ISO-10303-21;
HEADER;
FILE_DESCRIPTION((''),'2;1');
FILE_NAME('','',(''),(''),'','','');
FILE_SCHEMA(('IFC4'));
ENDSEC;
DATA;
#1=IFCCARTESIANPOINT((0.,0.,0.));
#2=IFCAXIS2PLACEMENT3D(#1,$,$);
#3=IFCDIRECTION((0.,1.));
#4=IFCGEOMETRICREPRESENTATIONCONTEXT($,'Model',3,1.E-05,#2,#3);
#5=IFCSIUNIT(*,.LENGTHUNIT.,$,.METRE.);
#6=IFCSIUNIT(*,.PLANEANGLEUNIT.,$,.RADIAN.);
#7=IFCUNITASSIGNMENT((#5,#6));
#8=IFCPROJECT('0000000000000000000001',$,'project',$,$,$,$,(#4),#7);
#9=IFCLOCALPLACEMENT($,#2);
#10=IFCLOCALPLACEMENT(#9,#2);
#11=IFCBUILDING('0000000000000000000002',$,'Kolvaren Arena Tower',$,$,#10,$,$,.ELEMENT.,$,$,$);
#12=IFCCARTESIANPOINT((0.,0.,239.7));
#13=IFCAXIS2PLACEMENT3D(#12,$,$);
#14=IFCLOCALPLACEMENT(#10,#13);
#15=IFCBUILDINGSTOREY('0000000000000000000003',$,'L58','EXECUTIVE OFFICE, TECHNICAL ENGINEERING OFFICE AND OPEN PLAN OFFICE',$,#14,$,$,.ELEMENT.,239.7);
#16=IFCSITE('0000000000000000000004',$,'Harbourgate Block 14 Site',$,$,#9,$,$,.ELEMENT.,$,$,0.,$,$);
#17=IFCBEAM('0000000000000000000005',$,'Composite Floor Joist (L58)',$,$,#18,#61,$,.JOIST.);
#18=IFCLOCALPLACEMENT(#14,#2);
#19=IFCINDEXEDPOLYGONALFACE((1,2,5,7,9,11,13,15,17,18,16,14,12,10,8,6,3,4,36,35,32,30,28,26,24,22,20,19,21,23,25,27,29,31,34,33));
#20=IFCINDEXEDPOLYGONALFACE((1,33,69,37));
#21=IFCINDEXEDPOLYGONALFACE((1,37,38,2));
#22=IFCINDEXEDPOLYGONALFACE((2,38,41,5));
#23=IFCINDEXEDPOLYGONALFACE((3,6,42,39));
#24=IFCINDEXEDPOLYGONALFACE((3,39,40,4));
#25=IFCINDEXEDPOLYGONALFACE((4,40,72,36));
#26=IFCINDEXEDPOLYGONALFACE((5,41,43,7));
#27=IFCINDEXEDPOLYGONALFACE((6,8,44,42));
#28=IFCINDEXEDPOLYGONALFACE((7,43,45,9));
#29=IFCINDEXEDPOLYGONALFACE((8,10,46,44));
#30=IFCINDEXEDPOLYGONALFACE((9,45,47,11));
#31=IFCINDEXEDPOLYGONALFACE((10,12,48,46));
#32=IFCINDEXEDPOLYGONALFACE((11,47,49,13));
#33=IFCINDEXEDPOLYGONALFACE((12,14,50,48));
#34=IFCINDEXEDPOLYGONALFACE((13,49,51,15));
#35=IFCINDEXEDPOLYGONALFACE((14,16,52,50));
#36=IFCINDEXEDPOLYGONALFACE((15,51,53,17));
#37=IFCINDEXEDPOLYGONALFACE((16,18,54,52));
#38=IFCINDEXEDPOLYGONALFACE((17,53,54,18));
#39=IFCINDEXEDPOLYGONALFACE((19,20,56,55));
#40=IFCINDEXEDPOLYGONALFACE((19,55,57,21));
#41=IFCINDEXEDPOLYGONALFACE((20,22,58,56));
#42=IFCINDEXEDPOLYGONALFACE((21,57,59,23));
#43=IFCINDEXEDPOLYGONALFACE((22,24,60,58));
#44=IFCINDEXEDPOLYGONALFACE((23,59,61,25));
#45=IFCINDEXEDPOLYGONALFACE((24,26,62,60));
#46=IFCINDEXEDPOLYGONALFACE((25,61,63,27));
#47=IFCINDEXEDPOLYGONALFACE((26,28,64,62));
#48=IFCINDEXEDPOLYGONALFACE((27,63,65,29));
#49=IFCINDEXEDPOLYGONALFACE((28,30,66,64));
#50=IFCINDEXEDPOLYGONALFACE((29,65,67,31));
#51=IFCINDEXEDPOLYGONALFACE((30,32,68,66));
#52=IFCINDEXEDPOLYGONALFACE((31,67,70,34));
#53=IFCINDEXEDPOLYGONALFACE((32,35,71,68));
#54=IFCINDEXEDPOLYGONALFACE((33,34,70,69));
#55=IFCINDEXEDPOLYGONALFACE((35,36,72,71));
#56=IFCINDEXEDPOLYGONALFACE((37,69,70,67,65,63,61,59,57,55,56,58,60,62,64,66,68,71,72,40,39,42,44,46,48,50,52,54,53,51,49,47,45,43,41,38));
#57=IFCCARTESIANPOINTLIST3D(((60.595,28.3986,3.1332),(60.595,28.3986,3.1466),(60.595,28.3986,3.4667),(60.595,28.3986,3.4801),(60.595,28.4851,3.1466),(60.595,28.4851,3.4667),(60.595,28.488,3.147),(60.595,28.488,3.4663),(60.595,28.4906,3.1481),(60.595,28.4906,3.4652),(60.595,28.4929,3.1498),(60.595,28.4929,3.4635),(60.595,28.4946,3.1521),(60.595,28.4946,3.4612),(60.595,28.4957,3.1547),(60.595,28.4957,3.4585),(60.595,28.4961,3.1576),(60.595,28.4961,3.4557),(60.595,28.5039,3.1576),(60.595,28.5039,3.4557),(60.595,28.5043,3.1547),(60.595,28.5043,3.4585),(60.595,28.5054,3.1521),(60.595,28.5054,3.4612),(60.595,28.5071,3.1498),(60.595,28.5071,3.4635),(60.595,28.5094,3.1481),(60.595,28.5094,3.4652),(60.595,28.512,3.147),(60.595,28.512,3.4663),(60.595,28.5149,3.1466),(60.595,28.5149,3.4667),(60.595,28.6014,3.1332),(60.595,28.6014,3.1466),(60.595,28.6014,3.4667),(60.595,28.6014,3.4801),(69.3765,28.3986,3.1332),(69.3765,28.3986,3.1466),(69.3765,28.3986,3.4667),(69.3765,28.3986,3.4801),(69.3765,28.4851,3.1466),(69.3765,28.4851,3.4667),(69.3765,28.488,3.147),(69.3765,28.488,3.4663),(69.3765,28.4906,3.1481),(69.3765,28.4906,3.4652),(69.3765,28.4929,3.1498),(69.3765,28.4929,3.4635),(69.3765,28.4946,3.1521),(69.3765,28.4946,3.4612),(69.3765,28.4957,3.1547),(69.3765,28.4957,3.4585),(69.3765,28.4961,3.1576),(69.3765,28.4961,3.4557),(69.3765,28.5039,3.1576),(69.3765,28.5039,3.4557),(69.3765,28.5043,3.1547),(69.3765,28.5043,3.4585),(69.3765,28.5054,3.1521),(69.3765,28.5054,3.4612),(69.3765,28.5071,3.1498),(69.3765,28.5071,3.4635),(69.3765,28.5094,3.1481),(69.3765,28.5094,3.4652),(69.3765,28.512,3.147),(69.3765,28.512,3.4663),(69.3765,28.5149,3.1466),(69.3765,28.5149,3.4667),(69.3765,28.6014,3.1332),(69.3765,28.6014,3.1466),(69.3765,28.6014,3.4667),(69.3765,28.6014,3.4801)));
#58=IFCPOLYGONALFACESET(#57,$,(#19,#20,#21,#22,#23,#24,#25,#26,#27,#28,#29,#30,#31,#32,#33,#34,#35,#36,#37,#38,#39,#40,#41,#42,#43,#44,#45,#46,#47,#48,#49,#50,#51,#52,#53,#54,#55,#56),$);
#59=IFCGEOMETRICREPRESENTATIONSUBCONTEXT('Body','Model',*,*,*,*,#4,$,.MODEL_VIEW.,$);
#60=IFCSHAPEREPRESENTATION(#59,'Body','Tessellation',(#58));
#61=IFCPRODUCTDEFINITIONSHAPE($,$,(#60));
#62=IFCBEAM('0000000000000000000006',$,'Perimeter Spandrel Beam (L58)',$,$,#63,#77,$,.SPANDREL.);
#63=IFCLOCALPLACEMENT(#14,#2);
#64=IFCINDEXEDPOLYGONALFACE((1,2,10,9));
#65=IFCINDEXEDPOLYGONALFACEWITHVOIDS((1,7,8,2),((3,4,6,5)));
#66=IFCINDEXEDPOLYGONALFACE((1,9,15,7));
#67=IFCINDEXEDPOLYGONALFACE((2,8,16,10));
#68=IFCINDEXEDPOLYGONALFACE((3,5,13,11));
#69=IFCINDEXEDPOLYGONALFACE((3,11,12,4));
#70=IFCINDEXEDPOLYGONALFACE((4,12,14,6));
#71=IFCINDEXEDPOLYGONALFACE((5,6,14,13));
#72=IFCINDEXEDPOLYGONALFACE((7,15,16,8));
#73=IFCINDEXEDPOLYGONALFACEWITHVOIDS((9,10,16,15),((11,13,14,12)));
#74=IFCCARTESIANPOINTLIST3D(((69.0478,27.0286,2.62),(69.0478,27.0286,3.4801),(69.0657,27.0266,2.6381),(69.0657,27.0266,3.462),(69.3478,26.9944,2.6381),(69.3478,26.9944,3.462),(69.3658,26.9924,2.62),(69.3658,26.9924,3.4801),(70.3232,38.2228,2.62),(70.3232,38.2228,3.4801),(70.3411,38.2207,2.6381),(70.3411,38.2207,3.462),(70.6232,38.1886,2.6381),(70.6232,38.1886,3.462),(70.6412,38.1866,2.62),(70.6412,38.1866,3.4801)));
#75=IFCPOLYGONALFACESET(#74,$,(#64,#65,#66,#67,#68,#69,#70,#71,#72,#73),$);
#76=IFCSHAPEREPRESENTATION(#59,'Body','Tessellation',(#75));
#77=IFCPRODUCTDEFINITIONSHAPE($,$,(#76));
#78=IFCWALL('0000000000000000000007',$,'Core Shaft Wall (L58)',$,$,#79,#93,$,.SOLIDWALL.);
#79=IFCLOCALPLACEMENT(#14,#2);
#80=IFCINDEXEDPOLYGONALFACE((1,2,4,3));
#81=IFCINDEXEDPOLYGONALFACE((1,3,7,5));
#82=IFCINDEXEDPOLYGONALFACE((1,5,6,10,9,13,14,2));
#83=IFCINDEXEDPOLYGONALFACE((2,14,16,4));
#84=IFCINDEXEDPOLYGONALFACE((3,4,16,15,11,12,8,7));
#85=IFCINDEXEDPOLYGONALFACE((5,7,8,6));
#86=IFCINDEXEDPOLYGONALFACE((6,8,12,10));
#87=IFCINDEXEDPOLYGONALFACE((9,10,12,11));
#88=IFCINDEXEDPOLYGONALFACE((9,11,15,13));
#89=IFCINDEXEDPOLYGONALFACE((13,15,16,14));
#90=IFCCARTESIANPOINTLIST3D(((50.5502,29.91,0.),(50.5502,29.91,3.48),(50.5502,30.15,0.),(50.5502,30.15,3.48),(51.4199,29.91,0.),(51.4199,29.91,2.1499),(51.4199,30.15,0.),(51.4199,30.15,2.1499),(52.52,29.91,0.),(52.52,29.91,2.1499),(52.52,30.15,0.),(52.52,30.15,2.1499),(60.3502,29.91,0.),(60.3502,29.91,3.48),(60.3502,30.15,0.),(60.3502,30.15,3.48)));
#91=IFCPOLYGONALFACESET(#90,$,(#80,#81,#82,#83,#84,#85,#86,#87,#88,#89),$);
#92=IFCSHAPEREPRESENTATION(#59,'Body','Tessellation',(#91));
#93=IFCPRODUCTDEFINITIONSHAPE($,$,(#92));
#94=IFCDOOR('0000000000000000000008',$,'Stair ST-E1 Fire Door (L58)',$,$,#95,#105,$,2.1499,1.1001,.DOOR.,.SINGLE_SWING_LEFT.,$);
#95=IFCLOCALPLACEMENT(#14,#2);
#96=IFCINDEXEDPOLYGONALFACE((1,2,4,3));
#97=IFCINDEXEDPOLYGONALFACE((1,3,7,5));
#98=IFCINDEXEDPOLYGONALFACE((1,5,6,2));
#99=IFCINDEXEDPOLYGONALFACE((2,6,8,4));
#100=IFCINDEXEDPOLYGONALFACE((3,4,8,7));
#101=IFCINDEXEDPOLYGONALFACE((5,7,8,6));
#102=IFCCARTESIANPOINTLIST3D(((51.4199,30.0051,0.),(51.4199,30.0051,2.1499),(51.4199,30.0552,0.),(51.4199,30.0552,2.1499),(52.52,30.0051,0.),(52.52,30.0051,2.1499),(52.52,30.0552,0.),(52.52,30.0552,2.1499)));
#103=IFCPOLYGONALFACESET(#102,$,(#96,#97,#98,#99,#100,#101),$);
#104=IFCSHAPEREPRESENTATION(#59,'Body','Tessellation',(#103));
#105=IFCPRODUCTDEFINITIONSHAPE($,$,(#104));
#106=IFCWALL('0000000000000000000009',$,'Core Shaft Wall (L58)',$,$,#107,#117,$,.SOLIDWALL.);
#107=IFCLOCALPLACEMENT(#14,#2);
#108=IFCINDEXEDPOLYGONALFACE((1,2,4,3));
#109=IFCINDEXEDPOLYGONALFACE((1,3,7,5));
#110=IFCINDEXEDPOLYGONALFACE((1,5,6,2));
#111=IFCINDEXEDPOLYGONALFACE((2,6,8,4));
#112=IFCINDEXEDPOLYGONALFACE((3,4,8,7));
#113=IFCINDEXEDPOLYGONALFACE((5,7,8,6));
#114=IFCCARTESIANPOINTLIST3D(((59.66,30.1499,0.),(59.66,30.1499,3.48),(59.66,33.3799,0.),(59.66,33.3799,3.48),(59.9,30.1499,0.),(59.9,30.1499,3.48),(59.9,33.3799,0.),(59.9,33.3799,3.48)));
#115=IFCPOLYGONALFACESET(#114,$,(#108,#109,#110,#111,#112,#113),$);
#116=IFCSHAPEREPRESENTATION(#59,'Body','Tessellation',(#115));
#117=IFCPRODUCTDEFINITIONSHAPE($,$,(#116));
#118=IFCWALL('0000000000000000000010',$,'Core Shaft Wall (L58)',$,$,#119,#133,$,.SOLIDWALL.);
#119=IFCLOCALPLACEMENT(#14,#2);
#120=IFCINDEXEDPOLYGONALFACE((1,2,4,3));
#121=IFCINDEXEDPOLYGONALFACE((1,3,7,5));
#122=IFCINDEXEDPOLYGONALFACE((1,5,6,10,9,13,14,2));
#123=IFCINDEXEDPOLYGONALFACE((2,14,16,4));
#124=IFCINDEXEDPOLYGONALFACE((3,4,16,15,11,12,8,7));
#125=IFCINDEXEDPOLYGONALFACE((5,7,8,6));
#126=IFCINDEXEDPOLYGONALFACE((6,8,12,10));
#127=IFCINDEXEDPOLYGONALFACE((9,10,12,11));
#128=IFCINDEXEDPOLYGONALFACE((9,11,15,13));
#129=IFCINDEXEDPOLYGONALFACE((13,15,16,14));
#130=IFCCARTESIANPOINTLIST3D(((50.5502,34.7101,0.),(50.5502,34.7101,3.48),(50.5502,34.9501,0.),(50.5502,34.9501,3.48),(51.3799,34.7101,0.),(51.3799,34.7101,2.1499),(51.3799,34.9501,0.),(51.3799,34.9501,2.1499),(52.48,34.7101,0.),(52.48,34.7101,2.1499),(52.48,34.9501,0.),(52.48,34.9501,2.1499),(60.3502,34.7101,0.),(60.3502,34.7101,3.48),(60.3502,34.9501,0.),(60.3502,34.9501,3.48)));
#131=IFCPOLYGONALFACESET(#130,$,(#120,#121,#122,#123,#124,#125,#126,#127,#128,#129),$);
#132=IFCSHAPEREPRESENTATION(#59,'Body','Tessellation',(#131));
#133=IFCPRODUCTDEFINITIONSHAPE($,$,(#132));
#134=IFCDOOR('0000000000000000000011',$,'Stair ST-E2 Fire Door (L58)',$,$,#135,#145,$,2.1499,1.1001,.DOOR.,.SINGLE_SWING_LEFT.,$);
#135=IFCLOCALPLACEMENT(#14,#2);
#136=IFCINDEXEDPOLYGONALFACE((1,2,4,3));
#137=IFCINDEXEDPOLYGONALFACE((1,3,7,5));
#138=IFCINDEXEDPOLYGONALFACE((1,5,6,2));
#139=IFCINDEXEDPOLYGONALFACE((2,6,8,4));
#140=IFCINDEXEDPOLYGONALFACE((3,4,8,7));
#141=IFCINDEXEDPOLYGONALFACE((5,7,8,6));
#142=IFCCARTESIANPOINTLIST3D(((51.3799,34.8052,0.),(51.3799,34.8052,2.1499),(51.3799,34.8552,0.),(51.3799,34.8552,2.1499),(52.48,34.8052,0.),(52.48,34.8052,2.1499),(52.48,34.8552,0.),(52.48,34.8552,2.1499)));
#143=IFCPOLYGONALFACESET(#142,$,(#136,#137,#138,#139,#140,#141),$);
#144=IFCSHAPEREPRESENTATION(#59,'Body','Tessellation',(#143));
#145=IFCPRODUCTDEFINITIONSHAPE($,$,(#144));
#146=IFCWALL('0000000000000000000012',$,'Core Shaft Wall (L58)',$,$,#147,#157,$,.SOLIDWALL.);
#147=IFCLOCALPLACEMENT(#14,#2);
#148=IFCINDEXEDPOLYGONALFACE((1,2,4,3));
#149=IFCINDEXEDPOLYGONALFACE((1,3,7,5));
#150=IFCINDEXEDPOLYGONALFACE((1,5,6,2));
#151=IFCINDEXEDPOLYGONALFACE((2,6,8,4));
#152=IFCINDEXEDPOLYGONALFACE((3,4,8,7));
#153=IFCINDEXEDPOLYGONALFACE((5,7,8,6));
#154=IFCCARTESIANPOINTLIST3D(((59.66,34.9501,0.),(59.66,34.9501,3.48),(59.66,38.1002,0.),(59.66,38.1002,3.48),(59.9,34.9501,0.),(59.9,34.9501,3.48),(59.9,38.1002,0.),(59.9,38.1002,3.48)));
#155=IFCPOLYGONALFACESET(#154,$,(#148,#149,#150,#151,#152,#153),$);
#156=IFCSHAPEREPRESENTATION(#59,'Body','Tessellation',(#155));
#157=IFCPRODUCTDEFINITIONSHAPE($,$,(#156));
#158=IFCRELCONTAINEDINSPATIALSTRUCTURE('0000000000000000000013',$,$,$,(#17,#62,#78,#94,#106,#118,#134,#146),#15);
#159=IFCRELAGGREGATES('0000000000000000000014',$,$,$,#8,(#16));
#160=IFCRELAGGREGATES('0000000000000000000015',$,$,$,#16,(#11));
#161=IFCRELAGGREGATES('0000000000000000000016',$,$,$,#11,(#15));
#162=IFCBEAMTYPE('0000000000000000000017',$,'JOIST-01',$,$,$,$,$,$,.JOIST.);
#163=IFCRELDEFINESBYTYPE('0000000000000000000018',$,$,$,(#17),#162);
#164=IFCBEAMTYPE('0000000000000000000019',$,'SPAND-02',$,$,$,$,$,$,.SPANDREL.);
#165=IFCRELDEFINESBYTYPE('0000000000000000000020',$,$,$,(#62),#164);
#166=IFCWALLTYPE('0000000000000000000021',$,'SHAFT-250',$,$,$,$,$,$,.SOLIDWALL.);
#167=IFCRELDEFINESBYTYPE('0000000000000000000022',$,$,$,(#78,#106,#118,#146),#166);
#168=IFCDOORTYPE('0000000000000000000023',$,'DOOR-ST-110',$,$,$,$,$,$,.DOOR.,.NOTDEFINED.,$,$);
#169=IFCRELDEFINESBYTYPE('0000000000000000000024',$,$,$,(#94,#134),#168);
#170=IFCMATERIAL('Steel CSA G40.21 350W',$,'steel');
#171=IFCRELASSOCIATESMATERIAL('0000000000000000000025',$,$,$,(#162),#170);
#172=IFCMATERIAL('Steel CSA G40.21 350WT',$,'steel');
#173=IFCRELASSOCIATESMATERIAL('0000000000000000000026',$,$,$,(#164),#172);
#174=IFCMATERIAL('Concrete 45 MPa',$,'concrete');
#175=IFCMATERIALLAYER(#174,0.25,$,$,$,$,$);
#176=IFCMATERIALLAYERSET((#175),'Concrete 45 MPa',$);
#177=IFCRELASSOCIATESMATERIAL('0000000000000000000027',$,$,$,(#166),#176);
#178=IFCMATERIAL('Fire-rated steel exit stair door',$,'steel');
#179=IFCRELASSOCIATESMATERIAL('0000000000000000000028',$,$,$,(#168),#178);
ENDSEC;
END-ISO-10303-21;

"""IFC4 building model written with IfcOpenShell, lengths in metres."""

from ifc_helpers import new_model, si_unit, direction, frame, frame_2d, origin, origin_2d, place, context, subcontext, project, spatial, rectangle, hollow_rectangle, i_section, extrude, material, layer, layer_set, material_profile, profile_set, type_object, element, fill, save


model = new_model("IFC4")

# Units and contexts
model_context = context("Model", 3, precision=1e-05, world=origin(), true_north=direction((0.0, 1.0)))
body_context = subcontext(model_context, "Body", "Model", "MODEL_VIEW")
ifc_project = project(units=[si_unit("LENGTHUNIT", "METRE"), si_unit("PLANEANGLEUNIT", "RADIAN")], contexts=[model_context])

# Site, building, storey
site_placement = place(None, origin())
site = spatial("IfcSite", under=ifc_project, at=site_placement, Name="Harbourgate Block 14 Site", CompositionType="ELEMENT", RefElevation=0.0)
building_placement = place(site_placement, origin())
building = spatial("IfcBuilding", under=site, at=building_placement, Name="Kolvaren Arena Tower", CompositionType="ELEMENT")
storey_placement = place(building_placement, frame((0.0, 0.0, 239.7)))
storey = spatial("IfcBuildingStorey", under=building, at=storey_placement, Name="L58", Description="EXECUTIVE OFFICE, TECHNICAL ENGINEERING OFFICE AND OPEN PLAN OFFICE", CompositionType="ELEMENT", Elevation=239.7)

# Beams
ifc_material_1 = material(Name="Steel CSA G40.21 350W", Category="steel")
ifc_material_profile_1 = material_profile(ifc_material_1, i_section(OverallWidth=0.2029, OverallDepth=0.3469, WebThickness=0.0078, FlangeThickness=0.0134, FilletRadius=0.011, at=origin_2d()), Name="W360x64")
ifc_profile_set_1 = profile_set([ifc_material_profile_1], Name="Steel CSA G40.21 350W")
beam_type_1 = type_object("IfcBeamType", Name="JOIST-01", PredefinedType="JOIST", material=ifc_profile_set_1)
beam_1_placement = place(storey_placement, frame((60.595, 28.5, 3.3066), z_axis=(1.0, 0.0, 0.0), x_axis=(0.0, 1.0, 0.0)))
element("IfcBeam", 1, at=beam_1_placement, inside=storey, type_object=beam_type_1, Name="Composite Floor Joist (L58)", PredefinedType="JOIST", context=body_context, shape_type="SweptSolid", body=[
    extrude(i_section(OverallWidth=0.2029, OverallDepth=0.3469, WebThickness=0.0078, FlangeThickness=0.0134, FilletRadius=0.011, at=origin_2d()), origin(), (0.0, 0.0, 1.0), 8.7815),
])
ifc_material_2 = material(Name="Steel CSA G40.21 350WT", Category="steel")
ifc_material_profile_2 = material_profile(ifc_material_2, hollow_rectangle(XDim=0.3201, YDim=0.8601, WallThickness=0.0181, at=origin_2d()), Name="HSS 860x320x18")
ifc_profile_set_2 = profile_set([ifc_material_profile_2], Name="Steel CSA G40.21 350WT")
beam_type_2 = type_object("IfcBeamType", Name="SPAND-02", PredefinedType="SPANDREL", material=ifc_profile_set_2)
beam_2_placement = place(storey_placement, frame((69.2068, 27.0105, 3.05), z_axis=(0.113202, 0.993572, 0.0), x_axis=(-0.993572, 0.113202, 0.0)))
element("IfcBeam", 2, at=beam_2_placement, inside=storey, type_object=beam_type_2, Name="Perimeter Spandrel Beam (L58)", PredefinedType="SPANDREL", context=body_context, shape_type="SweptSolid", body=[
    extrude(hollow_rectangle(XDim=0.3201, YDim=0.8601, WallThickness=0.0181, at=origin_2d()), origin(), (0.0, 0.0, 1.0), 11.2666),
])

# Wall, opening, door
ifc_material_3 = material(Name="Concrete 45 MPa", Category="concrete")
ifc_layer = layer(ifc_material_3, 0.25)
ifc_layer_set = layer_set([ifc_layer], Name="Concrete 45 MPa")
wall_type = type_object("IfcWallType", Name="SHAFT-250", PredefinedType="SOLIDWALL", material=ifc_layer_set)
wall_1_placement = place(storey_placement, frame((60.3501, 30.03, 0.0), z_axis=(0.0, 0.0, 1.0), x_axis=(-1.0, 0.0, 0.0)))
wall_1 = element("IfcWall", 3, at=wall_1_placement, inside=storey, type_object=wall_type, Name="Core Shaft Wall (L58)", PredefinedType="SOLIDWALL", context=body_context, shape_type="SweptSolid", body=[
    extrude(rectangle(XDim=9.8, YDim=0.24, at=frame_2d((4.8999, 0.0))), origin(), (0.0, 0.0, 1.0), 3.48),
])
opening_1_placement = place(wall_1_placement, frame((7.8301, 0.0, 0.0)))
opening_1 = element("IfcOpeningElement", 4, at=opening_1_placement, cuts=wall_1, PredefinedType="OPENING", context=body_context, shape_type="SweptSolid", body=[
    extrude(rectangle(XDim=1.1001, YDim=2.1499, at=frame_2d((0.55, 1.075))), frame((0.0, 0.1299, 0.0), z_axis=(0.0, -1.0, 0.0), x_axis=(1.0, 0.0, 0.0)), (0.0, 0.0, 1.0), 0.26),
])
ifc_material_4 = material(Name="Fire-rated steel exit stair door", Category="steel")
door_type_1 = type_object("IfcDoorType", Name="DOOR-ST-110", OperationType="NOTDEFINED", PredefinedType="DOOR", material=ifc_material_4)
door_1_placement = place(opening_1_placement, origin())
door_1 = element("IfcDoor", 5, at=door_1_placement, inside=storey, type_object=door_type_1, Name="Stair ST-E1 Fire Door (L58)", OperationType="SINGLE_SWING_LEFT", OverallHeight=2.1499, OverallWidth=1.1001, PredefinedType="DOOR", context=body_context, shape_type="SweptSolid", body=[
    extrude(rectangle(XDim=1.1001, YDim=2.1499, at=frame_2d((0.55, 1.075))), frame((0.0, 0.0249, 0.0), z_axis=(0.0, -1.0, 0.0), x_axis=(1.0, 0.0, 0.0)), (0.0, 0.0, 1.0), 0.05),
])
fill(opening_1, door_1)

# Wall
wall_2_placement = place(storey_placement, frame((59.78, 30.1499, 0.0), z_axis=(0.0, 0.0, 1.0), x_axis=(0.0, 1.0, 0.0)))
element("IfcWall", 6, at=wall_2_placement, inside=storey, type_object=wall_type, Name="Core Shaft Wall (L58)", PredefinedType="SOLIDWALL", context=body_context, shape_type="SweptSolid", body=[
    extrude(rectangle(XDim=3.23, YDim=0.24, at=frame_2d((1.615, 0.0))), origin(), (0.0, 0.0, 1.0), 3.48),
])

# Wall, opening, door
wall_3_placement = place(storey_placement, frame((60.3501, 34.8301, 0.0), z_axis=(0.0, 0.0, 1.0), x_axis=(-1.0, 0.0, 0.0)))
wall_3 = element("IfcWall", 7, at=wall_3_placement, inside=storey, type_object=wall_type, Name="Core Shaft Wall (L58)", PredefinedType="SOLIDWALL", context=body_context, shape_type="SweptSolid", body=[
    extrude(rectangle(XDim=9.8, YDim=0.24, at=frame_2d((4.8999, 0.0))), origin(), (0.0, 0.0, 1.0), 3.48),
])
opening_2_placement = place(wall_3_placement, frame((7.8701, 0.0, 0.0)))
opening_2 = element("IfcOpeningElement", 8, at=opening_2_placement, cuts=wall_3, PredefinedType="OPENING", context=body_context, shape_type="SweptSolid", body=[
    extrude(rectangle(XDim=1.1001, YDim=2.1499, at=frame_2d((0.55, 1.075))), frame((0.0, 0.1299, 0.0), z_axis=(0.0, -1.0, 0.0), x_axis=(1.0, 0.0, 0.0)), (0.0, 0.0, 1.0), 0.26),
])
door_2_placement = place(opening_2_placement, origin())
door_2 = element("IfcDoor", 9, at=door_2_placement, inside=storey, type_object=door_type_1, Name="Stair ST-E2 Fire Door (L58)", OperationType="SINGLE_SWING_LEFT", OverallHeight=2.1499, OverallWidth=1.1001, PredefinedType="DOOR", context=body_context, shape_type="SweptSolid", body=[
    extrude(rectangle(XDim=1.1001, YDim=2.1499, at=frame_2d((0.55, 1.075))), frame((0.0, 0.0249, 0.0), z_axis=(0.0, -1.0, 0.0), x_axis=(1.0, 0.0, 0.0)), (0.0, 0.0, 1.0), 0.05),
])
fill(opening_2, door_2)

# Wall
wall_4_placement = place(storey_placement, frame((59.78, 34.95, 0.0), z_axis=(0.0, 0.0, 1.0), x_axis=(0.0, 1.0, 0.0)))
element("IfcWall", 10, at=wall_4_placement, inside=storey, type_object=wall_type, Name="Core Shaft Wall (L58)", PredefinedType="SOLIDWALL", context=body_context, shape_type="SweptSolid", body=[
    extrude(rectangle(XDim=3.1501, YDim=0.24, at=frame_2d((1.5752, 0.0))), origin(), (0.0, 0.0, 1.0), 3.48),
])

save(model, "model.ifc")
